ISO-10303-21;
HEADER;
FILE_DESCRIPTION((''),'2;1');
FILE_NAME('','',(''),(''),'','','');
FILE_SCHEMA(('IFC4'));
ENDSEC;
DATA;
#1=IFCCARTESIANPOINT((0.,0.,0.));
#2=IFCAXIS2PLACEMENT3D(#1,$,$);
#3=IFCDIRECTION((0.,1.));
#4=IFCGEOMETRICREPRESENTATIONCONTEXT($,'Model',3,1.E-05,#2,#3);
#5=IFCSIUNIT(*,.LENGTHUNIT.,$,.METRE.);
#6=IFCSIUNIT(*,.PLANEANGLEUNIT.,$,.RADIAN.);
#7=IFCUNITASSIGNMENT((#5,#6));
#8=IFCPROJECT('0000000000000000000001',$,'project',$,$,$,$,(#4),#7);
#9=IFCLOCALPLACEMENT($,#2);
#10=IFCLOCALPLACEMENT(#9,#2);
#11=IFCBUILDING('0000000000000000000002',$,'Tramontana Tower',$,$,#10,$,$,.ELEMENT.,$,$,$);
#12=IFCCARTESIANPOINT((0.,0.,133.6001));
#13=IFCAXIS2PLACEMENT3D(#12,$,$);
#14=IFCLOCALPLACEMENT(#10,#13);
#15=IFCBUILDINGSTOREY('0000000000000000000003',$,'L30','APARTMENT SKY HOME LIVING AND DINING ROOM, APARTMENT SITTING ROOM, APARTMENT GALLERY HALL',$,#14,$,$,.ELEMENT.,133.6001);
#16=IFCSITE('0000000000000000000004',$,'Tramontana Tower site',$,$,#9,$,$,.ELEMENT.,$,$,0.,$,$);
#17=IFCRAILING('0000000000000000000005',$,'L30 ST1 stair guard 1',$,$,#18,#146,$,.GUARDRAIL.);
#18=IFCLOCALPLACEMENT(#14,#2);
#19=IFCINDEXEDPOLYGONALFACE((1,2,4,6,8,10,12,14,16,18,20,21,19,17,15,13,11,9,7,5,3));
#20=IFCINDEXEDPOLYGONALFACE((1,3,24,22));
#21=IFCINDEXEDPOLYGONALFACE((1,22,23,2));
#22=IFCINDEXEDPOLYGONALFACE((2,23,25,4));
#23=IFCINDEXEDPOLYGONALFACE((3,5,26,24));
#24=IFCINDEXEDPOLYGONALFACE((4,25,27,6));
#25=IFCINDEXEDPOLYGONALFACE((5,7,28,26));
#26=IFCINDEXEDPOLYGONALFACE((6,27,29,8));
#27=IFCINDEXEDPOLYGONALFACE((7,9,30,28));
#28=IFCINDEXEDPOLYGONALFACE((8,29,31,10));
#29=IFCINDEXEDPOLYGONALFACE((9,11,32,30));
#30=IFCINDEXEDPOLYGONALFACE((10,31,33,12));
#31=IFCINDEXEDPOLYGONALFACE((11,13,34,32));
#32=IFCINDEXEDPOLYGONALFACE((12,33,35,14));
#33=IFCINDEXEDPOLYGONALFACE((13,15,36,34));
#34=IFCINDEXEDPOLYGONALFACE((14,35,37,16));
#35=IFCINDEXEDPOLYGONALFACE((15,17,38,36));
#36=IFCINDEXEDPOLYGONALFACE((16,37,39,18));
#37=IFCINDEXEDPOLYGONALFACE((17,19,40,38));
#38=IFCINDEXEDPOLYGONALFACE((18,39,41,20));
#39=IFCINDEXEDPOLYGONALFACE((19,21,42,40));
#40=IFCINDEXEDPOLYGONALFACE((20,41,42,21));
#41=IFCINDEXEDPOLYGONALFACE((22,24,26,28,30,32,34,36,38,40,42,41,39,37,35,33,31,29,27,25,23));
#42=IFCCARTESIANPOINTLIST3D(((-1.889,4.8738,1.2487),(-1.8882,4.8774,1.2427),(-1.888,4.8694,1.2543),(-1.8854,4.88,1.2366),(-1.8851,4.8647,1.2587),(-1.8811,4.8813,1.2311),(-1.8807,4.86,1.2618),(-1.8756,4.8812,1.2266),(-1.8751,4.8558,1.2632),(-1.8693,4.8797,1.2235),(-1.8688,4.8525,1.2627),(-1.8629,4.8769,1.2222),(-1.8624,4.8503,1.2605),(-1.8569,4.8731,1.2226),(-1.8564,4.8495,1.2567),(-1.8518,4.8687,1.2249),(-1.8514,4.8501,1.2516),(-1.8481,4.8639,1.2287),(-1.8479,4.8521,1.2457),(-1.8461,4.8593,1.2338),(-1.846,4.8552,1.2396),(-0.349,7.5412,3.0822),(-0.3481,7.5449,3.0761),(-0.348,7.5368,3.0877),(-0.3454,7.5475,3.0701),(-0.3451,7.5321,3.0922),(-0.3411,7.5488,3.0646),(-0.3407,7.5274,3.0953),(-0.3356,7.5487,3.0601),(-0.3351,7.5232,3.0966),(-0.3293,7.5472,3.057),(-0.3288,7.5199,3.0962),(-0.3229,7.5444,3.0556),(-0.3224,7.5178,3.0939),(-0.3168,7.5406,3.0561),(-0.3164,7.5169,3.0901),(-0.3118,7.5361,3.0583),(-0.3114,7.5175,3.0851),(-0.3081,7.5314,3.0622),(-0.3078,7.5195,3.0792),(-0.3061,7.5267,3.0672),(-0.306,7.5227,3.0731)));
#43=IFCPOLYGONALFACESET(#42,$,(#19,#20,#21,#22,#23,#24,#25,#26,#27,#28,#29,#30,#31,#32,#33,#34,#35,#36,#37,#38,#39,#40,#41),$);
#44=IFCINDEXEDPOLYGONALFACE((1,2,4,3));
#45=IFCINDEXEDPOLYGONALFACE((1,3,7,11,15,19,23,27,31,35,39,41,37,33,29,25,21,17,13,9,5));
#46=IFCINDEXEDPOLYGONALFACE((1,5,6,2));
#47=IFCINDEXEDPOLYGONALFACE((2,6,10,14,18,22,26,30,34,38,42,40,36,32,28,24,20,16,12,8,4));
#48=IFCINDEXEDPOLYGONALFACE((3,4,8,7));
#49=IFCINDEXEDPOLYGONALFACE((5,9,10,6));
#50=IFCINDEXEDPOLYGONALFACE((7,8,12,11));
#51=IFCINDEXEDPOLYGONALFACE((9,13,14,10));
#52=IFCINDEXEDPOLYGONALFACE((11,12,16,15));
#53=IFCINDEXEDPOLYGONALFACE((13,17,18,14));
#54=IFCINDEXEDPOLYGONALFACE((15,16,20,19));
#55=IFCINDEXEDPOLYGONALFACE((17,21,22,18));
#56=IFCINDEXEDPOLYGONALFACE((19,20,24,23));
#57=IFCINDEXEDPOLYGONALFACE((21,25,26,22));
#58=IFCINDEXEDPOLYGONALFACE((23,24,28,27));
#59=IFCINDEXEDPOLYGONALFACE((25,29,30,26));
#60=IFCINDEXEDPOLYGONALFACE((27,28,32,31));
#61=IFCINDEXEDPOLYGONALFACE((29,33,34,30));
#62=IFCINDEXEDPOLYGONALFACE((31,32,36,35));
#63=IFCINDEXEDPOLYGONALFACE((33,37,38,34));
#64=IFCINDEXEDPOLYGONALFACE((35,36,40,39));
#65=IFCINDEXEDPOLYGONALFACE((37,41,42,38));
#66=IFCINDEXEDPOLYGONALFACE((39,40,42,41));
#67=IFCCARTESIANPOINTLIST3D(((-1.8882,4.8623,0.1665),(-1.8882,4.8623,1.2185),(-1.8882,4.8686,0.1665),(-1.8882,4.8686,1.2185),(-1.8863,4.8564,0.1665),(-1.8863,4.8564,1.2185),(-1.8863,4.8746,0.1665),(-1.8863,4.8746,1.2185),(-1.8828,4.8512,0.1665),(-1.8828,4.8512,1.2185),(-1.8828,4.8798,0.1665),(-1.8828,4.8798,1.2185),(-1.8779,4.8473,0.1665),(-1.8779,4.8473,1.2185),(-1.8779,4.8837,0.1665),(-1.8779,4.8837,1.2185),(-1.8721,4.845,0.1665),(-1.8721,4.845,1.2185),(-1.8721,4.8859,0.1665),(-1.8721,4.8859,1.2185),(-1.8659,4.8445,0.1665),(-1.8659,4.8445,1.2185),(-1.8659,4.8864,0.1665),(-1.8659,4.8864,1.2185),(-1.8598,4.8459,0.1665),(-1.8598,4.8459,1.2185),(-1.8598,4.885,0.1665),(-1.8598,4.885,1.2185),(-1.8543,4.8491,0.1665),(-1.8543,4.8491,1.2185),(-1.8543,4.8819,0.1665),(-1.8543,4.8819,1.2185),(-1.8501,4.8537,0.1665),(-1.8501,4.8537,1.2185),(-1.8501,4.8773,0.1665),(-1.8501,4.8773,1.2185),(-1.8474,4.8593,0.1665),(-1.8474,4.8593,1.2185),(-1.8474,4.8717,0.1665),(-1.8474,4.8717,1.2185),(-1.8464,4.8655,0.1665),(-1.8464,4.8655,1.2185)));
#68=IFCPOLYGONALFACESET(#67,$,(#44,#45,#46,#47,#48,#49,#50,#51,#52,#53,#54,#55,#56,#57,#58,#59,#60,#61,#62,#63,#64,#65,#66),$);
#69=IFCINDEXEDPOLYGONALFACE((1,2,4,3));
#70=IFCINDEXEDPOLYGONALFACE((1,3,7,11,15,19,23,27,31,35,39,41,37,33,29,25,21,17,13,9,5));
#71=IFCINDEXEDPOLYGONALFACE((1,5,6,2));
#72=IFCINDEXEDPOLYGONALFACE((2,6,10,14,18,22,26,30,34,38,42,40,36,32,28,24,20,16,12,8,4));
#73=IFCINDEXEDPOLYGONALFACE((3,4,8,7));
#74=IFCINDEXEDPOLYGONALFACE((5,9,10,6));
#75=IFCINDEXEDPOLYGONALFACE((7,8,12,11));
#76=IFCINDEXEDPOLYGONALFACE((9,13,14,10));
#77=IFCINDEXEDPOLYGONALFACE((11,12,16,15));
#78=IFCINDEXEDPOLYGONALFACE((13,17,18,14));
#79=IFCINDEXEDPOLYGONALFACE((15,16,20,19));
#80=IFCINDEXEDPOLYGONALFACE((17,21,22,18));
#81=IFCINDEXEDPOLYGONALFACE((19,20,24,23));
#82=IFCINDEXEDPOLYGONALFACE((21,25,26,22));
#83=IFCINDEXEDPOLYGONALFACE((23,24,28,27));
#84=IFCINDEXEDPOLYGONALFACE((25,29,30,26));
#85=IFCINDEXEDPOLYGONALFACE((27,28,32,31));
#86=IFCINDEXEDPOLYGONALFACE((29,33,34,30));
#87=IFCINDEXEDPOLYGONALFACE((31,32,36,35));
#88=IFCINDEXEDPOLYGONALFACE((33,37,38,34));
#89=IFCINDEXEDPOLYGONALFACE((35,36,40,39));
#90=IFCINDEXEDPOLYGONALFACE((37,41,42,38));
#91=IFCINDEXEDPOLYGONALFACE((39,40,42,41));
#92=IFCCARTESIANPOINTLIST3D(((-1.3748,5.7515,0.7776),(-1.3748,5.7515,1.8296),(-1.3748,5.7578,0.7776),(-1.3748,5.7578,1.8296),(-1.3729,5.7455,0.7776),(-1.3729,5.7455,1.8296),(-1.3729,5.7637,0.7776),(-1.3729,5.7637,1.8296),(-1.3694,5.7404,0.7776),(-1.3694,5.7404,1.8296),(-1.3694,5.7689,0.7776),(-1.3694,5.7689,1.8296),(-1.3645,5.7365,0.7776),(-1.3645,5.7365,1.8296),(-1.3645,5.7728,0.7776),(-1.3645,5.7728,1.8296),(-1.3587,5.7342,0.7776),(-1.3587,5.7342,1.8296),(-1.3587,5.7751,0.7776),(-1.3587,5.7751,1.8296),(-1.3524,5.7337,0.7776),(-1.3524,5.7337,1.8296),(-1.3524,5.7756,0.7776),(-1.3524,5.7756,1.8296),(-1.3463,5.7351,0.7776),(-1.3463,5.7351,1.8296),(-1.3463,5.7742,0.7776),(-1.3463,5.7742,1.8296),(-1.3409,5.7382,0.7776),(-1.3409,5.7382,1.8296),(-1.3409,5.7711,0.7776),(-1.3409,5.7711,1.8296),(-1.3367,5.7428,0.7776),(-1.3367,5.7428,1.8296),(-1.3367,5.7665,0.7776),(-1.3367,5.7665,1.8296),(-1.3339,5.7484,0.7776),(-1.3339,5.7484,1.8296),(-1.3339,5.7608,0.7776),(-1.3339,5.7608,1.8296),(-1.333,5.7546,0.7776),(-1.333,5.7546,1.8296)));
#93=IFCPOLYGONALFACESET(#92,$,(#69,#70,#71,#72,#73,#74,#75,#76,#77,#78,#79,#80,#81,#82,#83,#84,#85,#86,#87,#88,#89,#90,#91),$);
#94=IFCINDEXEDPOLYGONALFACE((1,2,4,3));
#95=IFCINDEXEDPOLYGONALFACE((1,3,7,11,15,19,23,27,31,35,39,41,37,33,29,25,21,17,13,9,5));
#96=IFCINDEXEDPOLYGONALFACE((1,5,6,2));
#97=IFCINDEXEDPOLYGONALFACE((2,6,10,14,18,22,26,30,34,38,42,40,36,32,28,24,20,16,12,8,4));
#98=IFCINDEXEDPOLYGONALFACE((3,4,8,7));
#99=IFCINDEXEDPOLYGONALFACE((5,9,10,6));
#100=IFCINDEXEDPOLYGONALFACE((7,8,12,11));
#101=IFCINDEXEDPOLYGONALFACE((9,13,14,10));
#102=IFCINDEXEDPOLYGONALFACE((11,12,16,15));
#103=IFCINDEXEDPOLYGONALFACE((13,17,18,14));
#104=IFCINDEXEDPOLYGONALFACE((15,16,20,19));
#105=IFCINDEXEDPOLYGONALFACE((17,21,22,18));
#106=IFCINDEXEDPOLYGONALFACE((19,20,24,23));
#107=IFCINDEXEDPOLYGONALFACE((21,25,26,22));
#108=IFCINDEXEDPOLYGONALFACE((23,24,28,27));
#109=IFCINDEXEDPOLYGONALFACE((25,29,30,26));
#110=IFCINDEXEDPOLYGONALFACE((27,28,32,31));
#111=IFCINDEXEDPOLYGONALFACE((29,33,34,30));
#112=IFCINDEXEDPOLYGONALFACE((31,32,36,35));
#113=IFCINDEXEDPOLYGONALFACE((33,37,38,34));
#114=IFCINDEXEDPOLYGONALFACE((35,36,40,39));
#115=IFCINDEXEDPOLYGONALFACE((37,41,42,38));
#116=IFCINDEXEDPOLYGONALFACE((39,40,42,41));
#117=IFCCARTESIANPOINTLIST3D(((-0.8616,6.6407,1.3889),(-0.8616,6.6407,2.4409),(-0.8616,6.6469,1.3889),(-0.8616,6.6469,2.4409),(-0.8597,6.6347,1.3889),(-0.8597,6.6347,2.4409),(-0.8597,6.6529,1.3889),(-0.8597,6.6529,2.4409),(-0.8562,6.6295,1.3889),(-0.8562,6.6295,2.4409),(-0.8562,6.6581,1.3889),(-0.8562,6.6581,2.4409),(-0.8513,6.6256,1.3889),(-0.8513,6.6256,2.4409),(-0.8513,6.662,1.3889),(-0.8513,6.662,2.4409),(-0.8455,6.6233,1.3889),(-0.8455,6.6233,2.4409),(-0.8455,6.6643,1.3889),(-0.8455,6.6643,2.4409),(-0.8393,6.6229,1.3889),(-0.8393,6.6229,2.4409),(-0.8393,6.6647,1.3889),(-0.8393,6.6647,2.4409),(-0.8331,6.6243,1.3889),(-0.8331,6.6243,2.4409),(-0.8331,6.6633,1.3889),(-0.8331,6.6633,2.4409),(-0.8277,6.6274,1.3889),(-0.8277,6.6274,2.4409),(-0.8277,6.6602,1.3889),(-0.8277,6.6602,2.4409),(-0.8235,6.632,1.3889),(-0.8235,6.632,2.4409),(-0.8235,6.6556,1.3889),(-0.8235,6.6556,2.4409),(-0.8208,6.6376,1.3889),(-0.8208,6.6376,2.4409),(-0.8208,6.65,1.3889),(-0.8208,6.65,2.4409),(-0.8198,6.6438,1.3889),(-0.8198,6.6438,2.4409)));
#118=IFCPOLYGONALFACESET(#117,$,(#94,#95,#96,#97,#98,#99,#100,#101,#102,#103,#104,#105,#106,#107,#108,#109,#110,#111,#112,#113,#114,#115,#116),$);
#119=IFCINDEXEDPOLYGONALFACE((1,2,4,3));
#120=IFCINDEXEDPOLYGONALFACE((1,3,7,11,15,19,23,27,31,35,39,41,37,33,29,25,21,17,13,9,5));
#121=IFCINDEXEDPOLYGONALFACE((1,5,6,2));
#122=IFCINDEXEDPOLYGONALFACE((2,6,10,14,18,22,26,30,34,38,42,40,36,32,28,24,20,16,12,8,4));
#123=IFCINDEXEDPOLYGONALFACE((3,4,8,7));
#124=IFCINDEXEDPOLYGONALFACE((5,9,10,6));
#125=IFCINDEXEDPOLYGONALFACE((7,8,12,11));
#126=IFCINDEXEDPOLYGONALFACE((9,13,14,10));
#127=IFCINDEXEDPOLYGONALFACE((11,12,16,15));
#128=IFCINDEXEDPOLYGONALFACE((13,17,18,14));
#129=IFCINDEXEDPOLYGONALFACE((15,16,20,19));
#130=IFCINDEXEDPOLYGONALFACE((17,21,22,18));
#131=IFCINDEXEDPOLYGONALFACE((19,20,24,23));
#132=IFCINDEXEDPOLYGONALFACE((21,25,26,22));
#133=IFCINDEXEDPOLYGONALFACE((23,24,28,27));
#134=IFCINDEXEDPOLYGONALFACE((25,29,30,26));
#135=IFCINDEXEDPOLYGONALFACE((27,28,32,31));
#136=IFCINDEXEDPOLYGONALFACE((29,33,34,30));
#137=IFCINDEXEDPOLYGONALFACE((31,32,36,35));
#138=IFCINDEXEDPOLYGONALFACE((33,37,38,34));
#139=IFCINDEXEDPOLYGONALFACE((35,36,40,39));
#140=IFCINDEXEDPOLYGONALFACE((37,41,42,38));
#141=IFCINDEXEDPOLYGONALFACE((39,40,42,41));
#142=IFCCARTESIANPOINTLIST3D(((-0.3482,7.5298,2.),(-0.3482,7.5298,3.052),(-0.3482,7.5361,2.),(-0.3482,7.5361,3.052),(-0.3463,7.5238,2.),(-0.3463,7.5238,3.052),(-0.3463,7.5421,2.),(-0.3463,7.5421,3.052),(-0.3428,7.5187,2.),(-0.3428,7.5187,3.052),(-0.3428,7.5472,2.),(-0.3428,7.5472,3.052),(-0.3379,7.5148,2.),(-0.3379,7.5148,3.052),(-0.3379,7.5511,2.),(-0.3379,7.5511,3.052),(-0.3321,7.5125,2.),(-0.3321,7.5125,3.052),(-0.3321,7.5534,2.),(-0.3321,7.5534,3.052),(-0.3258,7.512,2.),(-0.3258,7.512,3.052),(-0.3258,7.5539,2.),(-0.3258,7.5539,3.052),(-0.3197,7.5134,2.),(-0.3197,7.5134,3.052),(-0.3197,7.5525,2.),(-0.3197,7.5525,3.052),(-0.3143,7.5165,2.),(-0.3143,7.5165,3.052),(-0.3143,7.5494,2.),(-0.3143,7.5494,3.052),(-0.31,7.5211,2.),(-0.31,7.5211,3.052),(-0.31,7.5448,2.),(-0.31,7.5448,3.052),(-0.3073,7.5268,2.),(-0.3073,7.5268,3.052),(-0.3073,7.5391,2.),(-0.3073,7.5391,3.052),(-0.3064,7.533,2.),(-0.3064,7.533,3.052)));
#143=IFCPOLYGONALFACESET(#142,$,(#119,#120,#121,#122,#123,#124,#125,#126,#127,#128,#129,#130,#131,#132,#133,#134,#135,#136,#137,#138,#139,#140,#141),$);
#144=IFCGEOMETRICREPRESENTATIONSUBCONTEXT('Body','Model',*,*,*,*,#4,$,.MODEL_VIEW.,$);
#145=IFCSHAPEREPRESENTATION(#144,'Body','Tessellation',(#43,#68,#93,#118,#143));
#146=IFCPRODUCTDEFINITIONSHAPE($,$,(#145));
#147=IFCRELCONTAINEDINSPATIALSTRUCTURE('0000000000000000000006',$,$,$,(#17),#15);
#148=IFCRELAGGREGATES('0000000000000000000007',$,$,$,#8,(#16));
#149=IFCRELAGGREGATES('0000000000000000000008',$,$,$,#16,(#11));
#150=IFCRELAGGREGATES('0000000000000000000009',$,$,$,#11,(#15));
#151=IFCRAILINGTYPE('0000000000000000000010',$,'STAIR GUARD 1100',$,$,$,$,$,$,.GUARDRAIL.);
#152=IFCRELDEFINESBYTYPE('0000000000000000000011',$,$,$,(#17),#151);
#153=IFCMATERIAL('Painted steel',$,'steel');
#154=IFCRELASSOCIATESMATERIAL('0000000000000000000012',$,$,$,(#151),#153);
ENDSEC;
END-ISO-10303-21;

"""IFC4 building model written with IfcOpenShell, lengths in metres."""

from ifc_helpers import new_model, si_unit, direction, frame, origin, origin_2d, place, context, subcontext, project, spatial, circle, extrude, material, type_object, element, save


model = new_model("IFC4")

# Units and contexts
model_context = context("Model", 3, precision=1e-05, world=origin(), true_north=direction((0.0, 1.0)))
body_context = subcontext(model_context, "Body", "Model", "MODEL_VIEW")
ifc_project = project(units=[si_unit("LENGTHUNIT", "METRE"), si_unit("PLANEANGLEUNIT", "RADIAN")], contexts=[model_context])

# Site, building, storey
site_placement = place(None, origin())
site = spatial("IfcSite", under=ifc_project, at=site_placement, Name="Tramontana Tower site", CompositionType="ELEMENT", RefElevation=0.0)
building_placement = place(site_placement, origin())
building = spatial("IfcBuilding", under=site, at=building_placement, Name="Tramontana Tower", CompositionType="ELEMENT")
storey_placement = place(building_placement, frame((0.0, 0.0, 133.6001)))
storey = spatial("IfcBuildingStorey", under=building, at=storey_placement, Name="L30", Description="APARTMENT SKY HOME LIVING AND DINING ROOM, APARTMENT SITTING ROOM, APARTMENT GALLERY HALL", CompositionType="ELEMENT", Elevation=133.6001)

# Railing
ifc_material_1 = material(Name="Painted steel", Category="steel")
railing_type_1 = type_object("IfcRailingType", Name="STAIR GUARD 1100", PredefinedType="GUARDRAIL", material=ifc_material_1)
railing_1_placement = place(storey_placement, frame((-1.8674, 4.8655, 0.1665)))
element("IfcRailing", 1, at=railing_1_placement, inside=storey, type_object=railing_type_1, Name="L30 ST1 stair guard 1", PredefinedType="GUARDRAIL", context=body_context, shape_type="SweptSolid", body=[
    extrude(circle(Radius=0.0239, at=origin_2d()), frame((0.0, 0.0, 1.0762), z_axis=(0.429634, 0.744164, 0.511502), x_axis=(-0.86603, 0.499992, 0.0)), (0.0, 0.0, 1.0), 3.5845),
    extrude(circle(Radius=0.021, at=origin_2d()), origin(), (0.0, 0.0, 1.0), 1.052),
    extrude(circle(Radius=0.021, at=origin_2d()), frame((0.5134, 0.8892, 0.6111)), (0.0, 0.0, 1.0), 1.052),
    extrude(circle(Radius=0.021, at=origin_2d()), frame((1.0266, 1.7783, 1.2224)), (0.0, 0.0, 1.0), 1.052),
    extrude(circle(Radius=0.021, at=origin_2d()), frame((1.54, 2.6675, 1.8335)), (0.0, 0.0, 1.0), 1.052),
])

save(model, "model.ifc")
